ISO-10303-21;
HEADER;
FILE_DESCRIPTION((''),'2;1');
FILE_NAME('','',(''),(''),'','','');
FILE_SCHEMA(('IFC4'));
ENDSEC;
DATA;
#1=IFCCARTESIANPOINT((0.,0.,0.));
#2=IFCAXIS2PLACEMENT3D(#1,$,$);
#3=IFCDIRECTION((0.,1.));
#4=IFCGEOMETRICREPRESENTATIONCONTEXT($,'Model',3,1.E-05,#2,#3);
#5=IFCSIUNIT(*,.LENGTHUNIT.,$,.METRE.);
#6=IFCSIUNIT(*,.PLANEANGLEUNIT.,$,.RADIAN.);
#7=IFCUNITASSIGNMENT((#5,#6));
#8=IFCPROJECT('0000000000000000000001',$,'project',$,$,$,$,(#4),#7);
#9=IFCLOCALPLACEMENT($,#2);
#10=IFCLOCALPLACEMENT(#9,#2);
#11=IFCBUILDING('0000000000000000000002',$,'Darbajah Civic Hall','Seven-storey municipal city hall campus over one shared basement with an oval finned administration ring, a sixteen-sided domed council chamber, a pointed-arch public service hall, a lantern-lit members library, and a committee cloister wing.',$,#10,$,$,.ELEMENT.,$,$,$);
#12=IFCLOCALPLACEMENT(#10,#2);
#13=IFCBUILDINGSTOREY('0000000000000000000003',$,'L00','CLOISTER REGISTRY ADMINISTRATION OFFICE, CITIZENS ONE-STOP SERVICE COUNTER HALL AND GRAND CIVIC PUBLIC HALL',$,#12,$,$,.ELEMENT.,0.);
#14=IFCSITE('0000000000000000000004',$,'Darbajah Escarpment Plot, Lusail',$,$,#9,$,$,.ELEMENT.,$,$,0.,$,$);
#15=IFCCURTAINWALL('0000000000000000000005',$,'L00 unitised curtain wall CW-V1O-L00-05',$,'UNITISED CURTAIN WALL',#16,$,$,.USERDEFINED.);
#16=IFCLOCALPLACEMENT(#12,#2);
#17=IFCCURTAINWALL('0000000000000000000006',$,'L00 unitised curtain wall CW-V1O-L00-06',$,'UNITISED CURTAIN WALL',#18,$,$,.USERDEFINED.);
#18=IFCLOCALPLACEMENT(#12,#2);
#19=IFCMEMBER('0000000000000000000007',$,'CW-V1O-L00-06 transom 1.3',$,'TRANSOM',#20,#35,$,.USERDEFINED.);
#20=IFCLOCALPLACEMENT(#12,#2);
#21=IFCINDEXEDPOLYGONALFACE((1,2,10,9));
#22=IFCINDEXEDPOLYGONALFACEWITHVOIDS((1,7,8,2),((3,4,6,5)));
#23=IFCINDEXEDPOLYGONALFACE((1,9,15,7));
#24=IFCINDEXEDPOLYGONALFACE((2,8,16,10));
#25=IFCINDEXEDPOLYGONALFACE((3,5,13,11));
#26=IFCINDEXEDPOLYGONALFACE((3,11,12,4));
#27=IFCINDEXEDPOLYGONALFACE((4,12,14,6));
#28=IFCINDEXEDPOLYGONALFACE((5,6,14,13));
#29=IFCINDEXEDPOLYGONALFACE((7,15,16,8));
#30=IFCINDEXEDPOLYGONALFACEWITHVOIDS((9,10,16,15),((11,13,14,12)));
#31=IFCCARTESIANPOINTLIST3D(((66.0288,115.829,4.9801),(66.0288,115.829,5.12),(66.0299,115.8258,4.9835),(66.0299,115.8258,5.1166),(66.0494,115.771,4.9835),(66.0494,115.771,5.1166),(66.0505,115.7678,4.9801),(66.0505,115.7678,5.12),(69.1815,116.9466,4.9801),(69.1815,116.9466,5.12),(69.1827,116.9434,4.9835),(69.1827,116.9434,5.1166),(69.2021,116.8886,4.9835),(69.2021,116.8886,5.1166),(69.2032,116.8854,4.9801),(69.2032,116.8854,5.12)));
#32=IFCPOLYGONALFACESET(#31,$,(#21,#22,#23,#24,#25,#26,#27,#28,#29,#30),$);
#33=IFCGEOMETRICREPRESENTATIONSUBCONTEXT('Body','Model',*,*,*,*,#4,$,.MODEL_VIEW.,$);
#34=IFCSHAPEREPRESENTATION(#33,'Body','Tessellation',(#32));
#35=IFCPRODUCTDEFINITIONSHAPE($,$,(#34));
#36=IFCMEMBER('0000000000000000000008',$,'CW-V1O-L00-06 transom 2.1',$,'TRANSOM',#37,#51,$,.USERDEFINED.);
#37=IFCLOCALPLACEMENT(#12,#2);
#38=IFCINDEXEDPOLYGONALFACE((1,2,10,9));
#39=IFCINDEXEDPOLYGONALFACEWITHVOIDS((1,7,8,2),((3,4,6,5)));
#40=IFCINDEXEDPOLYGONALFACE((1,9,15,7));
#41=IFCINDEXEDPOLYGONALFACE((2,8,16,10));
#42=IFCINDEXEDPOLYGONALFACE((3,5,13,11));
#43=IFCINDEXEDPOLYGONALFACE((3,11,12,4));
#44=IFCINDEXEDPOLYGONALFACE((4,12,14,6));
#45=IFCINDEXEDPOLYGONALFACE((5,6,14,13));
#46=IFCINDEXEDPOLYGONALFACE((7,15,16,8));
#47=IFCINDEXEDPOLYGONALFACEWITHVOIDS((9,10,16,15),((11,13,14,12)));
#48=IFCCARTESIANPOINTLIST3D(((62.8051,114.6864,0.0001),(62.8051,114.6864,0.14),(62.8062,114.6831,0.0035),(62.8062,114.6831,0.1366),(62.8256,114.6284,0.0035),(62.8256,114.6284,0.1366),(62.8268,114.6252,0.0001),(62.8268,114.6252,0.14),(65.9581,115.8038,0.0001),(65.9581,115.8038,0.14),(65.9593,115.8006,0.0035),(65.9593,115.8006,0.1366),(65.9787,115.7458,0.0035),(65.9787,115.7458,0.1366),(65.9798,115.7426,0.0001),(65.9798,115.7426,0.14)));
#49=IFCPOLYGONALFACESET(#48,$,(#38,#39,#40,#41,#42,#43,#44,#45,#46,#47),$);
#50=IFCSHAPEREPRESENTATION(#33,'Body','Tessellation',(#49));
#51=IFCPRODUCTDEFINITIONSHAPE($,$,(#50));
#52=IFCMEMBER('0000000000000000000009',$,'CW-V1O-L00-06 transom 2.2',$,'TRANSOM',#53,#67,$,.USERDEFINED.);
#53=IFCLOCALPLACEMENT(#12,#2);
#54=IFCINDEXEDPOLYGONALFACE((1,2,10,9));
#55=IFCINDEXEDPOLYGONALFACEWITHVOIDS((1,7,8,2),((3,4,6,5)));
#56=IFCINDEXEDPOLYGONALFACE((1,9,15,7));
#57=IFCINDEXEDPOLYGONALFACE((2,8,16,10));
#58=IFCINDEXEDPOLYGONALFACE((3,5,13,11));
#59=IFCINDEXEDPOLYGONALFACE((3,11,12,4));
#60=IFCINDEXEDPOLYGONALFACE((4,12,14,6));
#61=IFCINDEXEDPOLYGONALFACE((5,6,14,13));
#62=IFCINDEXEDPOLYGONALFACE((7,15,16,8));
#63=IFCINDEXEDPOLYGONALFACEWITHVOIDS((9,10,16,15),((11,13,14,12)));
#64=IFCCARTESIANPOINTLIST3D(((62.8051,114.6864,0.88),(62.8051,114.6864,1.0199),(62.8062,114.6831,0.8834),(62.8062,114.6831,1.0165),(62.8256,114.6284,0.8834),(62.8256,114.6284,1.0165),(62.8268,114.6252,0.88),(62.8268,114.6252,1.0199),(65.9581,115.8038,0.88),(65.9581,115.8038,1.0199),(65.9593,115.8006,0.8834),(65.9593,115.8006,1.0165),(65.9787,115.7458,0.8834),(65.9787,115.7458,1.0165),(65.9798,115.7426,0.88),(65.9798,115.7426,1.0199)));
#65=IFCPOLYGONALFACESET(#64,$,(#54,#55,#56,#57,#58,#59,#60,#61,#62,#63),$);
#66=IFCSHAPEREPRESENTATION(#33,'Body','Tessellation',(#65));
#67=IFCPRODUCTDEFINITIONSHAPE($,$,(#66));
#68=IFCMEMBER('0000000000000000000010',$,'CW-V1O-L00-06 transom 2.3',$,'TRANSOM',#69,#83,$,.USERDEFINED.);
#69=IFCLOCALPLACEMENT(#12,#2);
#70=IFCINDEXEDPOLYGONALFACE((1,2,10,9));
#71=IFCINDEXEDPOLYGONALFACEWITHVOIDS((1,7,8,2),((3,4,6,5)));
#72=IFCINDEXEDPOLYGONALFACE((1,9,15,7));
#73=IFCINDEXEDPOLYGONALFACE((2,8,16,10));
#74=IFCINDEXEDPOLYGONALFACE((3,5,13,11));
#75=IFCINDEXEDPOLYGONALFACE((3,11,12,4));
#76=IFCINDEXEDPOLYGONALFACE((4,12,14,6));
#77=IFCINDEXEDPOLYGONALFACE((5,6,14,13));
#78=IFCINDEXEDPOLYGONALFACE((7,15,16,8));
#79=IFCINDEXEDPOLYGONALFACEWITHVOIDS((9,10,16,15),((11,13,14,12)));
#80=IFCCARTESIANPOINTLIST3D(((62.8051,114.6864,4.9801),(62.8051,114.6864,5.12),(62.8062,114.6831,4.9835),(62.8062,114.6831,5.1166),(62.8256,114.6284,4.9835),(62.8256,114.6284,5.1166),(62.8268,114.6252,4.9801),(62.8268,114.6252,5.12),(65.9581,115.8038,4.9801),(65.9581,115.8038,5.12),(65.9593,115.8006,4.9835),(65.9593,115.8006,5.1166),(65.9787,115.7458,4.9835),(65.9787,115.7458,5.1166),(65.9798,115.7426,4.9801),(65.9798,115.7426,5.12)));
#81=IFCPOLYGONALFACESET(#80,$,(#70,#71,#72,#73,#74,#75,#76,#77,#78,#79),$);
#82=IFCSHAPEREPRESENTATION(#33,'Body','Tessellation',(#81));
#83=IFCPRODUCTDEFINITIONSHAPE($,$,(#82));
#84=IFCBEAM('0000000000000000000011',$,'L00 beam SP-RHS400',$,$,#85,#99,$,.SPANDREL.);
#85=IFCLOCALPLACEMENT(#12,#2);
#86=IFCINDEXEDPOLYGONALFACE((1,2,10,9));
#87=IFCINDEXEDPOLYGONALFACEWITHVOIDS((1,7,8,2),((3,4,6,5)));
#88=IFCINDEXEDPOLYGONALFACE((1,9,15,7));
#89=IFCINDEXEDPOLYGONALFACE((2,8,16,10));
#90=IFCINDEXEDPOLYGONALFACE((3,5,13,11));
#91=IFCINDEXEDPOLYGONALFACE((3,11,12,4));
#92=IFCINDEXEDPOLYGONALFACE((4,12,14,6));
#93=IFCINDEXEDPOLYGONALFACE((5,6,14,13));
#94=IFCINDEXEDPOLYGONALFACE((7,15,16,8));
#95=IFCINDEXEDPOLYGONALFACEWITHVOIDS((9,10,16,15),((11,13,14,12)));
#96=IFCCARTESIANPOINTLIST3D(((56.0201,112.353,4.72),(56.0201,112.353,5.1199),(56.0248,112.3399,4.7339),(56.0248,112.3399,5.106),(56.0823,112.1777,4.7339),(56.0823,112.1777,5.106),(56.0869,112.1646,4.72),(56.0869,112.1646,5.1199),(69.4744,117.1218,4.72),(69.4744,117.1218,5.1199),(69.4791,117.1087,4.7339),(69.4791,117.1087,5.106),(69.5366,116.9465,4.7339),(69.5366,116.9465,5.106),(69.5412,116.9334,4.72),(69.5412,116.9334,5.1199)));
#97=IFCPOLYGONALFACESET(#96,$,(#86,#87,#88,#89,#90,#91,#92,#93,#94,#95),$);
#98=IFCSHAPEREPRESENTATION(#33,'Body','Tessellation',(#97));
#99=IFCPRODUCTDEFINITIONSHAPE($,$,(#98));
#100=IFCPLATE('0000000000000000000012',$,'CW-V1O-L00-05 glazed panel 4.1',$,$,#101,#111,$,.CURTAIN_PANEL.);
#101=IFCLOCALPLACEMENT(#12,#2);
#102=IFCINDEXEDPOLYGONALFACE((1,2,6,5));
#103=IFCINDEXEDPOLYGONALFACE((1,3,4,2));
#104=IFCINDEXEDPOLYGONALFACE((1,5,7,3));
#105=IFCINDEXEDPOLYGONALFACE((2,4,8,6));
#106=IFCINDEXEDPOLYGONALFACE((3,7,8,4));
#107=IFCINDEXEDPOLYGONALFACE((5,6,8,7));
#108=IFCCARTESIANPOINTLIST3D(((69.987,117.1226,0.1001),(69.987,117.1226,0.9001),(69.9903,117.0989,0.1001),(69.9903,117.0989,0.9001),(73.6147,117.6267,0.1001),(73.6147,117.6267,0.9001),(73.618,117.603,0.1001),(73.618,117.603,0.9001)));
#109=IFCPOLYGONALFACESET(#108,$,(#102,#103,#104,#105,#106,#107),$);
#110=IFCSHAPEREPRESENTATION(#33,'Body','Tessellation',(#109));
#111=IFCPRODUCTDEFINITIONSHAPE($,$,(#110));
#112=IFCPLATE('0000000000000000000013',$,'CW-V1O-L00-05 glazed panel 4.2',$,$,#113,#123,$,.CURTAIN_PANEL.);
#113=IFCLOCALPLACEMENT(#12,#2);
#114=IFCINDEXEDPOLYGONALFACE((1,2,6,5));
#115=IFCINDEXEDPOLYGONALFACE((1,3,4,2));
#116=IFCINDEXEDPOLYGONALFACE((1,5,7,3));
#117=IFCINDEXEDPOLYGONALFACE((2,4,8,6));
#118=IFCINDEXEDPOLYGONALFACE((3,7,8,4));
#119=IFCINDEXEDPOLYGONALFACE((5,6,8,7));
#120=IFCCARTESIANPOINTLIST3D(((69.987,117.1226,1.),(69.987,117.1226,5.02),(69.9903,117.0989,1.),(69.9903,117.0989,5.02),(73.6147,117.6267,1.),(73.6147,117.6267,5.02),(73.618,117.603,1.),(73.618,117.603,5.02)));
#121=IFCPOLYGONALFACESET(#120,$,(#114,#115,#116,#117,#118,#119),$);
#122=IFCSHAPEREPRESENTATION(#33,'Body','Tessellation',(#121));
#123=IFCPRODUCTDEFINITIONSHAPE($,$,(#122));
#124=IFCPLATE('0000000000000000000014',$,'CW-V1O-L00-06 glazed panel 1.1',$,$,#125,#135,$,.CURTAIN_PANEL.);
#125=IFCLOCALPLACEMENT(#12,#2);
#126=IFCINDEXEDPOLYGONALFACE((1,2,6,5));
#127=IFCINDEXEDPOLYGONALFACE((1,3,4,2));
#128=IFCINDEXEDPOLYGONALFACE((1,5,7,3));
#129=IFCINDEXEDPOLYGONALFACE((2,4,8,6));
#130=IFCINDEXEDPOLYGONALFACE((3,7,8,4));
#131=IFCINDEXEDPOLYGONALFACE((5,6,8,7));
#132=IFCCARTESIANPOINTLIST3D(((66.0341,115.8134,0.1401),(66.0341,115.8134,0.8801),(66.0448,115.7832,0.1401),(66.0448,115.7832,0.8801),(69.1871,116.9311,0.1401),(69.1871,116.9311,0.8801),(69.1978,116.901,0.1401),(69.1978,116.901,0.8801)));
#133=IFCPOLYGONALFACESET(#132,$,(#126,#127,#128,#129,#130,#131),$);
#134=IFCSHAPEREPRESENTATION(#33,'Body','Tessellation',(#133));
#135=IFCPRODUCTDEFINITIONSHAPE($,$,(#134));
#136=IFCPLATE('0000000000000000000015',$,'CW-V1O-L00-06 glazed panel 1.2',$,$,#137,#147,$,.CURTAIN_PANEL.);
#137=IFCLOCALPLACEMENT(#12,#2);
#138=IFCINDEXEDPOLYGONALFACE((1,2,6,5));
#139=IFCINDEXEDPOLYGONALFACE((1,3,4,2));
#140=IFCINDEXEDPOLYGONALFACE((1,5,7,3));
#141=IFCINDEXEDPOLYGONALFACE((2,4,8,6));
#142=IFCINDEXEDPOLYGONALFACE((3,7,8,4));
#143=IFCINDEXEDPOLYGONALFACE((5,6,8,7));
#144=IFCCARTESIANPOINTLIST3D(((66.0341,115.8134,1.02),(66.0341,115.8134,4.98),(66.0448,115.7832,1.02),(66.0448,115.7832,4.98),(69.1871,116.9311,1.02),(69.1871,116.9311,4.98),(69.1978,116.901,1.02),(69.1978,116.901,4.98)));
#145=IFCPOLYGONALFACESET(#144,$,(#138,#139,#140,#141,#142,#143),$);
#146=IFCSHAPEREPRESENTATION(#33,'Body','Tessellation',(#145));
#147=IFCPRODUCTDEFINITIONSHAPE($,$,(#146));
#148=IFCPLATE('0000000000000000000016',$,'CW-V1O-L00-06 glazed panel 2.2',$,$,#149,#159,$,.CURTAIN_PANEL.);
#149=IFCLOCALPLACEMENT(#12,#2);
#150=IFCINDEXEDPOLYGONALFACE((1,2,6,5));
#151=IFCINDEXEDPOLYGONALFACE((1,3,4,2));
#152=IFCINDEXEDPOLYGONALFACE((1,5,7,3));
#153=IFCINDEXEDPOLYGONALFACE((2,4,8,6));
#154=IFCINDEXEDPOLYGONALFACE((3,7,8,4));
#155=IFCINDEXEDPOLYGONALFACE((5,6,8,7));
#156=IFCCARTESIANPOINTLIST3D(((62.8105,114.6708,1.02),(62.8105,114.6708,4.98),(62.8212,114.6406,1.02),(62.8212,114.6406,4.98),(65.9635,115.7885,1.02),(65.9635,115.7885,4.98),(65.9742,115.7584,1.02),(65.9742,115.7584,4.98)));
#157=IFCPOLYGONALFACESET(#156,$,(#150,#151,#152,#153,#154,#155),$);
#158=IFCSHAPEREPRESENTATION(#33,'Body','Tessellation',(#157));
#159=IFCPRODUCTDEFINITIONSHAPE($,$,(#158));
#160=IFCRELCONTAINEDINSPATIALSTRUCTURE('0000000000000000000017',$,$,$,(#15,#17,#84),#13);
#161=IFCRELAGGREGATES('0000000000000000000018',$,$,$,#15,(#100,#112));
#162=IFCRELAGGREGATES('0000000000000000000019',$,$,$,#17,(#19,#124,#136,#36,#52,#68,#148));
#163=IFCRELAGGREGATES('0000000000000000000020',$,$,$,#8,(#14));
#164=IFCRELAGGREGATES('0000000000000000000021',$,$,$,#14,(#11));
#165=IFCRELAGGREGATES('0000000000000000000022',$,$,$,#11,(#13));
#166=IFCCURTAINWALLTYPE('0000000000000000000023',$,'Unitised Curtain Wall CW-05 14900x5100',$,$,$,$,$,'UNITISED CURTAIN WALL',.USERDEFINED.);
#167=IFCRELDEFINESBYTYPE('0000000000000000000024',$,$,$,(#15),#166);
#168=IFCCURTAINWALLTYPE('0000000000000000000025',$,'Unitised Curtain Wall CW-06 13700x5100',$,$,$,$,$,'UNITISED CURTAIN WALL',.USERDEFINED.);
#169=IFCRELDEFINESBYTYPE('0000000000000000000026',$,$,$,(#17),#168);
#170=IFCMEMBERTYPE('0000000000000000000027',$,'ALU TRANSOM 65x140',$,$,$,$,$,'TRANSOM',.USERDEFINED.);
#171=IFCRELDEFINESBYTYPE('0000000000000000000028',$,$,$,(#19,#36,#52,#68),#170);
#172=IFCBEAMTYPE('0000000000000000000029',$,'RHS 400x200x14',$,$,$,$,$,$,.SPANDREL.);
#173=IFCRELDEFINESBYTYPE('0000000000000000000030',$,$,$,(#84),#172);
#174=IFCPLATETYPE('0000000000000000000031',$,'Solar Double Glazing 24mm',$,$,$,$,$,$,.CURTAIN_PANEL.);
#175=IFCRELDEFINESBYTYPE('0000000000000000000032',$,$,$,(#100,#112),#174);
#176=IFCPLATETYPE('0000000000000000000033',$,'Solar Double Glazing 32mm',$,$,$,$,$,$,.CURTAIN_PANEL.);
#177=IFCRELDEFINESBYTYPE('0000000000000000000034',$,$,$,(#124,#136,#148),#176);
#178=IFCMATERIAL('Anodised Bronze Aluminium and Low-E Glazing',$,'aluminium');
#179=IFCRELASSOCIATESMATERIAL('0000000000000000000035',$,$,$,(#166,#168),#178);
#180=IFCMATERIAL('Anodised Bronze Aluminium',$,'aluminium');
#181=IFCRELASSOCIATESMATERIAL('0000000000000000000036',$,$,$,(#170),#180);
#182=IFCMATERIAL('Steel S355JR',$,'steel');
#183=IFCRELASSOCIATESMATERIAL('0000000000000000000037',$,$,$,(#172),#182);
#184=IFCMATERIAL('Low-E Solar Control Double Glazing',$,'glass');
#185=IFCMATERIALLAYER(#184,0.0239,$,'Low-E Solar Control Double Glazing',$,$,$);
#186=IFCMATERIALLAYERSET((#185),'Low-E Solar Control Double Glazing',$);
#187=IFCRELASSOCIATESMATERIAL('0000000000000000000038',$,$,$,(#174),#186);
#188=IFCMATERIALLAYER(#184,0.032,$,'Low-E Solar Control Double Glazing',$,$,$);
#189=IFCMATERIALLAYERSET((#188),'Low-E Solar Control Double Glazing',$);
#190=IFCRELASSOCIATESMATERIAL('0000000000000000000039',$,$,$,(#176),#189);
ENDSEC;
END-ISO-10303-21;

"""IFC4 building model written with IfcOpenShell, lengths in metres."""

from ifc_helpers import new_model, si_unit, direction, frame, origin, origin_2d, place, context, subcontext, project, spatial, rectangle, hollow_rectangle, extrude, material, layer, layer_set, material_profile, profile_set, type_object, element, aggregate, save


model = new_model("IFC4")

# Units and contexts
model_context = context("Model", 3, precision=1e-05, world=origin(), true_north=direction((0.0, 1.0)))
body_context = subcontext(model_context, "Body", "Model", "MODEL_VIEW")
ifc_project = project(units=[si_unit("LENGTHUNIT", "METRE"), si_unit("PLANEANGLEUNIT", "RADIAN")], contexts=[model_context])

# Site, building, storey
site_placement = place(None, origin())
site = spatial("IfcSite", under=ifc_project, at=site_placement, Name="Darbajah Escarpment Plot, Lusail", CompositionType="ELEMENT", RefElevation=0.0)
building_placement = place(site_placement, origin())
building = spatial("IfcBuilding", under=site, at=building_placement, Name="Darbajah Civic Hall", Description="Seven-storey municipal city hall campus over one shared basement with an oval finned administration ring, a sixteen-sided domed council chamber, a pointed-arch public service hall, a lantern-lit members library, and a committee cloister wing.", CompositionType="ELEMENT")
storey_placement = place(building_placement, origin())
storey = spatial("IfcBuildingStorey", under=building, at=storey_placement, Name="L00", Description="CLOISTER REGISTRY ADMINISTRATION OFFICE, CITIZENS ONE-STOP SERVICE COUNTER HALL AND GRAND CIVIC PUBLIC HALL", CompositionType="ELEMENT", Elevation=0.0)

# Curtain walls
ifc_material_1 = material(Name="Anodised Bronze Aluminium and Low-E Glazing", Category="aluminium")
curtain_wall_type_1 = type_object("IfcCurtainWallType", Name="Unitised Curtain Wall CW-05 14900x5100", ElementType="UNITISED CURTAIN WALL", PredefinedType="USERDEFINED", material=ifc_material_1)
curtain_wall_1_placement = place(storey_placement, origin())
curtain_wall_1 = element("IfcCurtainWall", 1, at=curtain_wall_1_placement, inside=storey, type_object=curtain_wall_type_1, Name="L00 unitised curtain wall CW-V1O-L00-05", ObjectType="UNITISED CURTAIN WALL", PredefinedType="USERDEFINED")
ifc_material_2 = material(Name="Anodised Bronze Aluminium", Category="aluminium")
curtain_wall_type_2 = type_object("IfcCurtainWallType", Name="Unitised Curtain Wall CW-06 13700x5100", ElementType="UNITISED CURTAIN WALL", PredefinedType="USERDEFINED", material=ifc_material_1)
curtain_wall_2_placement = place(storey_placement, origin())
curtain_wall_2 = element("IfcCurtainWall", 2, at=curtain_wall_2_placement, inside=storey, type_object=curtain_wall_type_2, Name="L00 unitised curtain wall CW-V1O-L00-06", ObjectType="UNITISED CURTAIN WALL", PredefinedType="USERDEFINED")

# Members
ifc_material_profile_1 = material_profile(ifc_material_2, hollow_rectangle(XDim=0.0649, YDim=0.1399, WallThickness=0.0034, at=origin_2d()), Name="ALU TRANSOM 65x140")
ifc_profile_set_1 = profile_set([ifc_material_profile_1], Name="Anodised Bronze Aluminium")
member_type_1 = type_object("IfcMemberType", Name="ALU TRANSOM 65x140", ElementType="TRANSOM", PredefinedType="USERDEFINED", material=ifc_profile_set_1)
member_1_placement = place(storey_placement, frame((69.1924, 116.916, 5.05), z_axis=(-0.942529, -0.334125, 0.0), x_axis=(0.334125, -0.942529, 0.0)))
member_1 = element("IfcMember", 3, at=member_1_placement, type_object=member_type_1, Name="CW-V1O-L00-06 transom 1.3", ObjectType="TRANSOM", PredefinedType="USERDEFINED", context=body_context, shape_type="SweptSolid", body=[
    extrude(hollow_rectangle(XDim=0.0649, YDim=0.1399, WallThickness=0.0034, at=origin_2d()), origin(), (0.0, 0.0, 1.0), 3.345),
])
member_2_placement = place(storey_placement, frame((65.969, 115.7732, 0.0701), z_axis=(-0.94256, -0.334038, 0.0), x_axis=(0.334038, -0.94256, 0.0)))
member_2 = element("IfcMember", 4, at=member_2_placement, type_object=member_type_1, Name="CW-V1O-L00-06 transom 2.1", ObjectType="TRANSOM", PredefinedType="USERDEFINED", context=body_context, shape_type="SweptSolid", body=[
    extrude(hollow_rectangle(XDim=0.0649, YDim=0.1399, WallThickness=0.0034, at=origin_2d()), origin(), (0.0, 0.0, 1.0), 3.3452),
])
member_3_placement = place(storey_placement, frame((65.969, 115.7732, 0.95), z_axis=(-0.94256, -0.334038, 0.0), x_axis=(0.334038, -0.94256, 0.0)))
member_3 = element("IfcMember", 5, at=member_3_placement, type_object=member_type_1, Name="CW-V1O-L00-06 transom 2.2", ObjectType="TRANSOM", PredefinedType="USERDEFINED", context=body_context, shape_type="SweptSolid", body=[
    extrude(hollow_rectangle(XDim=0.0649, YDim=0.1399, WallThickness=0.0034, at=origin_2d()), origin(), (0.0, 0.0, 1.0), 3.3452),
])
member_4_placement = place(storey_placement, frame((65.969, 115.7732, 5.05), z_axis=(-0.94256, -0.334038, 0.0), x_axis=(0.334038, -0.94256, 0.0)))
member_4 = element("IfcMember", 6, at=member_4_placement, type_object=member_type_1, Name="CW-V1O-L00-06 transom 2.3", ObjectType="TRANSOM", PredefinedType="USERDEFINED", context=body_context, shape_type="SweptSolid", body=[
    extrude(hollow_rectangle(XDim=0.0649, YDim=0.1399, WallThickness=0.0034, at=origin_2d()), origin(), (0.0, 0.0, 1.0), 3.3452),
])

# Beam
ifc_material_3 = material(Name="Steel S355JR", Category="steel")
ifc_material_profile_2 = material_profile(ifc_material_3, hollow_rectangle(XDim=0.2, YDim=0.3999, WallThickness=0.0139, at=origin_2d()), Name="RHS 400x200x14")
ifc_profile_set_2 = profile_set([ifc_material_profile_2], Name="Steel S355JR")
beam_type = type_object("IfcBeamType", Name="RHS 400x200x14", PredefinedType="SPANDREL", material=ifc_profile_set_2)
beam_placement = place(storey_placement, frame((69.5078, 117.0276, 4.9199), z_axis=(-0.942545, -0.334079, 0.0), x_axis=(0.334079, -0.942545, 0.0)))
element("IfcBeam", 7, at=beam_placement, inside=storey, type_object=beam_type, Name="L00 beam SP-RHS400", PredefinedType="SPANDREL", context=body_context, shape_type="SweptSolid", body=[
    extrude(hollow_rectangle(XDim=0.2, YDim=0.3999, WallThickness=0.0139, at=origin_2d()), origin(), (0.0, 0.0, 1.0), 14.2744),
])

# Plates
ifc_material_4 = material(Name="Low-E Solar Control Double Glazing", Category="glass")
ifc_layer_1 = layer(ifc_material_4, 0.0239, Name="Low-E Solar Control Double Glazing")
ifc_layer_set_1 = layer_set([ifc_layer_1], Name="Low-E Solar Control Double Glazing")
plate_type_1 = type_object("IfcPlateType", Name="Solar Double Glazing 24mm", PredefinedType="CURTAIN_PANEL", material=ifc_layer_set_1)
plate_1_placement = place(storey_placement, frame((71.8025, 117.3628, 0.1001), z_axis=(0.0, 0.0, 1.0), x_axis=(-0.990485, -0.137617, 0.0)))
plate_1 = element("IfcPlate", 8, at=plate_1_placement, type_object=plate_type_1, Name="CW-V1O-L00-05 glazed panel 4.1", PredefinedType="CURTAIN_PANEL", context=body_context, shape_type="SweptSolid", body=[
    extrude(rectangle(XDim=3.6626, YDim=0.0239, at=origin_2d()), origin(), (0.0, 0.0, 1.0), 0.8),
])
plate_2_placement = place(storey_placement, frame((71.8025, 117.3628, 1.0), z_axis=(0.0, 0.0, 1.0), x_axis=(-0.990485, -0.137617, 0.0)))
plate_2 = element("IfcPlate", 9, at=plate_2_placement, type_object=plate_type_1, Name="CW-V1O-L00-05 glazed panel 4.2", PredefinedType="CURTAIN_PANEL", context=body_context, shape_type="SweptSolid", body=[
    extrude(rectangle(XDim=3.6626, YDim=0.0239, at=origin_2d()), origin(), (0.0, 0.0, 1.0), 4.02),
])
aggregate(curtain_wall_1, [plate_1, plate_2])
ifc_layer_2 = layer(ifc_material_4, 0.032, Name="Low-E Solar Control Double Glazing")
ifc_layer_set_2 = layer_set([ifc_layer_2], Name="Low-E Solar Control Double Glazing")
plate_type_2 = type_object("IfcPlateType", Name="Solar Double Glazing 32mm", PredefinedType="CURTAIN_PANEL", material=ifc_layer_set_2)
plate_3_placement = place(storey_placement, frame((67.616, 116.3572, 0.1401), z_axis=(0.0, 0.0, 1.0), x_axis=(-0.942525, -0.334136, 0.0)))
plate_3 = element("IfcPlate", 10, at=plate_3_placement, type_object=plate_type_2, Name="CW-V1O-L00-06 glazed panel 1.1", PredefinedType="CURTAIN_PANEL", context=body_context, shape_type="SweptSolid", body=[
    extrude(rectangle(XDim=3.3452, YDim=0.032, at=origin_2d()), origin(), (0.0, 0.0, 1.0), 0.74),
])
plate_4_placement = place(storey_placement, frame((67.616, 116.3572, 1.02), z_axis=(0.0, 0.0, 1.0), x_axis=(-0.942525, -0.334136, 0.0)))
plate_4 = element("IfcPlate", 11, at=plate_4_placement, type_object=plate_type_2, Name="CW-V1O-L00-06 glazed panel 1.2", PredefinedType="CURTAIN_PANEL", context=body_context, shape_type="SweptSolid", body=[
    extrude(rectangle(XDim=3.3452, YDim=0.032, at=origin_2d()), origin(), (0.0, 0.0, 1.0), 3.96),
])
plate_5_placement = place(storey_placement, frame((64.3923, 115.2146, 1.02), z_axis=(0.0, 0.0, 1.0), x_axis=(-0.942525, -0.334136, 0.0)))
plate_5 = element("IfcPlate", 12, at=plate_5_placement, type_object=plate_type_2, Name="CW-V1O-L00-06 glazed panel 2.2", PredefinedType="CURTAIN_PANEL", context=body_context, shape_type="SweptSolid", body=[
    extrude(rectangle(XDim=3.3452, YDim=0.032, at=origin_2d()), origin(), (0.0, 0.0, 1.0), 3.96),
])
aggregate(curtain_wall_2, [member_1, plate_3, plate_4, member_2, member_3, member_4, plate_5])

save(model, "model.ifc")
